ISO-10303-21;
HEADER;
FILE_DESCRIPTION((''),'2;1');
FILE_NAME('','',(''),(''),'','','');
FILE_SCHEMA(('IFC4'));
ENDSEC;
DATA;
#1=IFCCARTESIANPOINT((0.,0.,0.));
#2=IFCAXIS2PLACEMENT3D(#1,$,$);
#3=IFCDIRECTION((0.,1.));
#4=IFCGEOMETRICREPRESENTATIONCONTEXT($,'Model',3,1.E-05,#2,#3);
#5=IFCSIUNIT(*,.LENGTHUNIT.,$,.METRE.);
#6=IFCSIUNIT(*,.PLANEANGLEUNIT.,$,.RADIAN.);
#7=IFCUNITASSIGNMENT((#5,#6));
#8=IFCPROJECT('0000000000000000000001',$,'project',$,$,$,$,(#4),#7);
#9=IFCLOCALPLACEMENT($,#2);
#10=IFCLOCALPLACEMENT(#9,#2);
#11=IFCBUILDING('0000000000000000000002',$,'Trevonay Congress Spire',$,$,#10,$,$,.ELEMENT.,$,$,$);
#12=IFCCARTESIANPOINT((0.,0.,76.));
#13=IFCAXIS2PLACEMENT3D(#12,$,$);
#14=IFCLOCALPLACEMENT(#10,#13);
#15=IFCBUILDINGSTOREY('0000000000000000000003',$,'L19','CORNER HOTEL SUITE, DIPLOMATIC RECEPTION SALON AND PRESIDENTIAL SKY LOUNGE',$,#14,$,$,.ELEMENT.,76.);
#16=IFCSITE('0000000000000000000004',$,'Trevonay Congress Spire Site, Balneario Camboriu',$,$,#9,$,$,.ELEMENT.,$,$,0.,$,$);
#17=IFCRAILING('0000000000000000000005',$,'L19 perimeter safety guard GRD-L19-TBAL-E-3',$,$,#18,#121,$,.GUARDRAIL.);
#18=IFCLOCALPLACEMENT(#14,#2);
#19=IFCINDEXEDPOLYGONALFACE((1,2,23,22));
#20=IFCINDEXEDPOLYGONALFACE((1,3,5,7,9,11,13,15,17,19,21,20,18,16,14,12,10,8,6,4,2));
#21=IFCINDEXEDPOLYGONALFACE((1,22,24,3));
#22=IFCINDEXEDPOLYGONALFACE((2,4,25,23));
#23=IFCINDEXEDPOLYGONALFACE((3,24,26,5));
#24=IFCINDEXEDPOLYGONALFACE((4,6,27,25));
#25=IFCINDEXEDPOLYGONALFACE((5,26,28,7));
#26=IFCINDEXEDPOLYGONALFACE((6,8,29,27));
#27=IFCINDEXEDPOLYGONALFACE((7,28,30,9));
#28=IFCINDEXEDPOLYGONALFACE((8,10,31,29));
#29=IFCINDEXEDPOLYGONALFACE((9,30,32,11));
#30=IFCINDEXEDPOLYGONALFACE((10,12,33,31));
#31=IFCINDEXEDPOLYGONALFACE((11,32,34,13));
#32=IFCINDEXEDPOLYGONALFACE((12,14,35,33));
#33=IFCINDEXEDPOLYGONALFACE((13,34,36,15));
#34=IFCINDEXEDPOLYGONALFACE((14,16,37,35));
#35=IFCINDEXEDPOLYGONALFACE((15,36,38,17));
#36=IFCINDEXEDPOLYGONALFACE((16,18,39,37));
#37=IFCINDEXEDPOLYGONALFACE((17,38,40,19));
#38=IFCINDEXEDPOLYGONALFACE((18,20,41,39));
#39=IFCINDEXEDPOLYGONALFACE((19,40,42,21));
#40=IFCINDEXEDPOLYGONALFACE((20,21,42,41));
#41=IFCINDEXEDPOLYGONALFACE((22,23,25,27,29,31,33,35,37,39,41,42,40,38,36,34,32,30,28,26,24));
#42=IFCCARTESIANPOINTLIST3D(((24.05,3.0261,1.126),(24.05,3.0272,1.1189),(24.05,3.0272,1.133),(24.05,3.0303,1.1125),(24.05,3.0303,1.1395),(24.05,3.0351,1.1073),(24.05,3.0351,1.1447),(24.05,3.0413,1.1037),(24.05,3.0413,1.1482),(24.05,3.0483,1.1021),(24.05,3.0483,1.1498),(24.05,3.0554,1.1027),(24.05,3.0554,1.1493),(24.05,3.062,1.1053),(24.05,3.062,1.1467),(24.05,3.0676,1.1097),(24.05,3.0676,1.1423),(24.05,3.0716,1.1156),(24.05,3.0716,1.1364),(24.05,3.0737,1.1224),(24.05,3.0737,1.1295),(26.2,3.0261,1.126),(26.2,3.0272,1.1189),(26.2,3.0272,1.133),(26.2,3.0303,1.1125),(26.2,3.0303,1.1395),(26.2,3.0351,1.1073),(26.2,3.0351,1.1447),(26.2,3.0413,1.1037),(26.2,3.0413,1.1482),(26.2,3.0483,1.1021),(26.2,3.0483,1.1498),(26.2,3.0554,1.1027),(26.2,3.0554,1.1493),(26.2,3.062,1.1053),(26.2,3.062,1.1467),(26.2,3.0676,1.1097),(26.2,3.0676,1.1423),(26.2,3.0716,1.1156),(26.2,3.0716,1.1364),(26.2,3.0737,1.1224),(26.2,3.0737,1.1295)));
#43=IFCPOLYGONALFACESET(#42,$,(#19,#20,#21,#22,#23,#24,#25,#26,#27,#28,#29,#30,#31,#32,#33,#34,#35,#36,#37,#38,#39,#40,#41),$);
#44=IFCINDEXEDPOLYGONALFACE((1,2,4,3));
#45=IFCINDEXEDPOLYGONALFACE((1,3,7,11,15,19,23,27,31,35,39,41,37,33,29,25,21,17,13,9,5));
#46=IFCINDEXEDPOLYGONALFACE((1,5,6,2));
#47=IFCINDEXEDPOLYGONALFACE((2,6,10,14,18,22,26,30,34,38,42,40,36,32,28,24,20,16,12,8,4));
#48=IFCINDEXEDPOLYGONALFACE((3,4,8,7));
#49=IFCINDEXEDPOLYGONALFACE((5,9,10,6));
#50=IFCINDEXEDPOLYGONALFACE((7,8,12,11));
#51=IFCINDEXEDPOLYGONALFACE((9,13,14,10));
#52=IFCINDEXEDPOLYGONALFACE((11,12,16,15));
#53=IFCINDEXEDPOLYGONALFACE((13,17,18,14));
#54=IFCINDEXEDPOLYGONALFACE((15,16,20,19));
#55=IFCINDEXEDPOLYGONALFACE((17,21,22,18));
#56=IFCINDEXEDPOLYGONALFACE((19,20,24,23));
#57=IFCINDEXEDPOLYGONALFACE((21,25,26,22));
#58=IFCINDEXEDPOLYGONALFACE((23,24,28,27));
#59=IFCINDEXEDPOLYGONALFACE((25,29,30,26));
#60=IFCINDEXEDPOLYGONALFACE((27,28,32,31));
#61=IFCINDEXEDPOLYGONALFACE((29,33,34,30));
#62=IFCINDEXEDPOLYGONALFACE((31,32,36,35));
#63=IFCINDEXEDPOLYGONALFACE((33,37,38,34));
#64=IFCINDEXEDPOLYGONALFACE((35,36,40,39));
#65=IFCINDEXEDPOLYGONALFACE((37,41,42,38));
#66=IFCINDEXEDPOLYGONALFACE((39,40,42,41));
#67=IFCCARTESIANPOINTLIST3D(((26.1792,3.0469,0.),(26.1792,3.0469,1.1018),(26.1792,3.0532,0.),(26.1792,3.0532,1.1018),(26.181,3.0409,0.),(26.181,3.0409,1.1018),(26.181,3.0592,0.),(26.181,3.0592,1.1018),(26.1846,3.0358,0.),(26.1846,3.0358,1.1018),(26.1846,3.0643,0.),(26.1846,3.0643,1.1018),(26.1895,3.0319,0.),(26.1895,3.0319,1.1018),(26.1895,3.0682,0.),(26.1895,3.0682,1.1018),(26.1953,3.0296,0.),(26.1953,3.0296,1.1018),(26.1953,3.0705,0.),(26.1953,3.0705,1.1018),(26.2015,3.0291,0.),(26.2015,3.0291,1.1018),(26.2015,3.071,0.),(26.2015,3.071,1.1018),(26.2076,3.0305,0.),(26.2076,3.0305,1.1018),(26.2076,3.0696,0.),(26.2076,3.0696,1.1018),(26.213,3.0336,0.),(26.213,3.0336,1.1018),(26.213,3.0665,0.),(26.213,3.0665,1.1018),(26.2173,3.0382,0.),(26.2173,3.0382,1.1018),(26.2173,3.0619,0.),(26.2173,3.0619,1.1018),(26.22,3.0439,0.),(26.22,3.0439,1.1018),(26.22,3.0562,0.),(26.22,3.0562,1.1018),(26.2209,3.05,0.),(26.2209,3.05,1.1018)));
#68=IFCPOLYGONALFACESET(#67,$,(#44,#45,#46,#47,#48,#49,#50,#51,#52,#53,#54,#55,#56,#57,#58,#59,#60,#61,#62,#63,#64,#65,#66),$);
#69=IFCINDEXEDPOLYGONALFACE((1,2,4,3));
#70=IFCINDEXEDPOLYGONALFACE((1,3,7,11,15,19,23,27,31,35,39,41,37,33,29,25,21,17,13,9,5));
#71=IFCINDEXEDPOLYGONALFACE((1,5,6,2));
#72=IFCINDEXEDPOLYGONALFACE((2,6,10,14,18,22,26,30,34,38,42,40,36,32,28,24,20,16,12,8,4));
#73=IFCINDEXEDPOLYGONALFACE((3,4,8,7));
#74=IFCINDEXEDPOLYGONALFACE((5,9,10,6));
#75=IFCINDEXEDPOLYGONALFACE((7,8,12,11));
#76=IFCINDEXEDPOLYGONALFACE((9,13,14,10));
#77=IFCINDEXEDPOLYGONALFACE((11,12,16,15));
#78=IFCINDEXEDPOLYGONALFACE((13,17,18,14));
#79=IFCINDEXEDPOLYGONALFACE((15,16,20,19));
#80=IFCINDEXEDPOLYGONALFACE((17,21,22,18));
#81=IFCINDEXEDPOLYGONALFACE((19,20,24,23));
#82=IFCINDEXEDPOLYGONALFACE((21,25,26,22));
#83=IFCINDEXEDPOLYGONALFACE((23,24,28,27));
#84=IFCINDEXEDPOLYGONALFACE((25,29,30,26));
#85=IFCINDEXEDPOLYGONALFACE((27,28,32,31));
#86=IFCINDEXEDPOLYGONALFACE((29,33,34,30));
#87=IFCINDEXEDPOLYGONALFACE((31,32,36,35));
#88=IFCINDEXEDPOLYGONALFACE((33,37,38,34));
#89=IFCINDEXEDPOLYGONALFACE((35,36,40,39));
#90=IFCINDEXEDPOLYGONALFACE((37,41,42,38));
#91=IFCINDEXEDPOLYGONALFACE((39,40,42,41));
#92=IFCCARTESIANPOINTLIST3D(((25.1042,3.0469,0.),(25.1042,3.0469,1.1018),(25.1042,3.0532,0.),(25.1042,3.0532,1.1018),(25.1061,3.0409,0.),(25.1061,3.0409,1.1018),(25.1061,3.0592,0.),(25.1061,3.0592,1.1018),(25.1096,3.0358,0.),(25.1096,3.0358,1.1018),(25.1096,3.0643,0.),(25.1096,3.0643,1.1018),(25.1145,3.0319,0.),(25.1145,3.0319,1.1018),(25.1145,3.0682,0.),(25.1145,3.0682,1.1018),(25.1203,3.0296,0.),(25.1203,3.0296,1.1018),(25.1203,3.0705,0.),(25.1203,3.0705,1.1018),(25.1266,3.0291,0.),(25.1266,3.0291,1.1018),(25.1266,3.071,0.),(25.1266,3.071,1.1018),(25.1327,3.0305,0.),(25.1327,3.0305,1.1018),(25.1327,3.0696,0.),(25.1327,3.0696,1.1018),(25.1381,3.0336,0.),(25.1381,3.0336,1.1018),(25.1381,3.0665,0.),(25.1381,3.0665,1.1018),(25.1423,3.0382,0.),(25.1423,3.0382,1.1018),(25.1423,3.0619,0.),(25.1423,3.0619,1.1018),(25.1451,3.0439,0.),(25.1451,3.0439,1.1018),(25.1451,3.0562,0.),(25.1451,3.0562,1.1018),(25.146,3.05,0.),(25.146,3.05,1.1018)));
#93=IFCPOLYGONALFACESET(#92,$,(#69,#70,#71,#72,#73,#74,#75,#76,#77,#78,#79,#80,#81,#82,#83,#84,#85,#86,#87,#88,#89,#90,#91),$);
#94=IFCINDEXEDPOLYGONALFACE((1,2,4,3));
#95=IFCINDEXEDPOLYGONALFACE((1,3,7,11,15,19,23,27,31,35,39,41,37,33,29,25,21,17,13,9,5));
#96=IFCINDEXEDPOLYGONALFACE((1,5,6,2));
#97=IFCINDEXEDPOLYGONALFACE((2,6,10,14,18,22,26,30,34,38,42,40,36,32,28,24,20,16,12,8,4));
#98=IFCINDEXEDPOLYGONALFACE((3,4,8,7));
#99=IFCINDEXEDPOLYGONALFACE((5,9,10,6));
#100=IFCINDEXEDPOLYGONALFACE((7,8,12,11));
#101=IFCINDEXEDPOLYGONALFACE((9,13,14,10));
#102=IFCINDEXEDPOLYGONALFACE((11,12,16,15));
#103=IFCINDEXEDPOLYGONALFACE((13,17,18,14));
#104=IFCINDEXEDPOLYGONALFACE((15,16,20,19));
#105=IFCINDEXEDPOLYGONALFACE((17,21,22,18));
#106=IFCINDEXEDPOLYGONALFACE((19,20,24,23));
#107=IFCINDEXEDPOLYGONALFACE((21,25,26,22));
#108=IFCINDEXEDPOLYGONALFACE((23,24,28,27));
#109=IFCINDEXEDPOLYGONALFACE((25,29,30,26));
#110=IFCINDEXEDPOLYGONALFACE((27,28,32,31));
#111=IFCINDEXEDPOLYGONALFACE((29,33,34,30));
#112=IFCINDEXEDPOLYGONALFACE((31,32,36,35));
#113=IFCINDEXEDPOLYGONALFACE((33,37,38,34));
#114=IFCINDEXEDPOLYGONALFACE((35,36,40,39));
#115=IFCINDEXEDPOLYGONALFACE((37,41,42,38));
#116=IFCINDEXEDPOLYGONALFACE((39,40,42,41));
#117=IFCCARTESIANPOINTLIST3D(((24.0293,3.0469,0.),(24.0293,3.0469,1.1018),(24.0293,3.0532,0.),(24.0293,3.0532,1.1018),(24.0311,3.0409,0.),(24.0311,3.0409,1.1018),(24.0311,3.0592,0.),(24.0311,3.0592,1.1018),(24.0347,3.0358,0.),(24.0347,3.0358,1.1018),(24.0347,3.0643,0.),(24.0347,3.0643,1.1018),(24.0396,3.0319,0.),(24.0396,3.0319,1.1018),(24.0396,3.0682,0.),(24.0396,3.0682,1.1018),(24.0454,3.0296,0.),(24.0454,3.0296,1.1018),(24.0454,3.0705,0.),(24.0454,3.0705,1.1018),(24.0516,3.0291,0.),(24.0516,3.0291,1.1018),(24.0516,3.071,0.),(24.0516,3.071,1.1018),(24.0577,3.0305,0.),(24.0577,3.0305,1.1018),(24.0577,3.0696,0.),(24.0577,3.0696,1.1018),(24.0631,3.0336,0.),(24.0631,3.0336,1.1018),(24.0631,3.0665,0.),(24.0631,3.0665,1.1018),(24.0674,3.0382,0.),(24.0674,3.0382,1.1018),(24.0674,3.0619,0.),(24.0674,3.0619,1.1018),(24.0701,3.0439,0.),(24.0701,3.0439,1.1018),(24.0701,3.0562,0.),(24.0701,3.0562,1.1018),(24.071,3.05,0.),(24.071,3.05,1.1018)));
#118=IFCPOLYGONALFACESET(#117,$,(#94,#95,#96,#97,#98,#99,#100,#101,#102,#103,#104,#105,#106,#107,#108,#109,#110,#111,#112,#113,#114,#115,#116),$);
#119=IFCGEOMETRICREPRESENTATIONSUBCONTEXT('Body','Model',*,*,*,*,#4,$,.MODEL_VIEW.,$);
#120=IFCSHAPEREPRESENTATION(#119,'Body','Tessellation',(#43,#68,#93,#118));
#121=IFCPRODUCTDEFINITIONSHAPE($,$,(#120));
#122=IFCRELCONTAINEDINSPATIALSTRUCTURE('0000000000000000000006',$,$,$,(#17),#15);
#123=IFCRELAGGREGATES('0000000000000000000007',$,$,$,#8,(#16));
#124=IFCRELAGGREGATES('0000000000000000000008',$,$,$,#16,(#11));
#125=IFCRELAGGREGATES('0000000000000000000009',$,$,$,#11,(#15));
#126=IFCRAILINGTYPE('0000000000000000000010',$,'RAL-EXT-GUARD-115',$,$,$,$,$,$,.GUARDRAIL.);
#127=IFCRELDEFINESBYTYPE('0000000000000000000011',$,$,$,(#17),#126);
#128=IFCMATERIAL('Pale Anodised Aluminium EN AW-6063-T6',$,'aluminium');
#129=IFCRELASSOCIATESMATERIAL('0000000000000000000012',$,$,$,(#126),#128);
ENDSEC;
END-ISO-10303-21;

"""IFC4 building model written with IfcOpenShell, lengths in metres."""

from ifc_helpers import new_model, si_unit, direction, frame, origin, origin_2d, place, context, subcontext, project, spatial, circle, extrude, material, type_object, element, save


model = new_model("IFC4")

# Units and contexts
model_context = context("Model", 3, precision=1e-05, world=origin(), true_north=direction((0.0, 1.0)))
body_context = subcontext(model_context, "Body", "Model", "MODEL_VIEW")
ifc_project = project(units=[si_unit("LENGTHUNIT", "METRE"), si_unit("PLANEANGLEUNIT", "RADIAN")], contexts=[model_context])

# Site, building, storey
site_placement = place(None, origin())
site = spatial("IfcSite", under=ifc_project, at=site_placement, Name="Trevonay Congress Spire Site, Balneario Camboriu", CompositionType="ELEMENT", RefElevation=0.0)
building_placement = place(site_placement, origin())
building = spatial("IfcBuilding", under=site, at=building_placement, Name="Trevonay Congress Spire", CompositionType="ELEMENT")
storey_placement = place(building_placement, frame((0.0, 0.0, 76.0)))
storey = spatial("IfcBuildingStorey", under=building, at=storey_placement, Name="L19", Description="CORNER HOTEL SUITE, DIPLOMATIC RECEPTION SALON AND PRESIDENTIAL SKY LOUNGE", CompositionType="ELEMENT", Elevation=76.0)

# Shared definitions
ifc_material_1 = material(Name="Pale Anodised Aluminium EN AW-6063-T6", Category="aluminium")

# Railing
railing_type = type_object("IfcRailingType", Name="RAL-EXT-GUARD-115", PredefinedType="GUARDRAIL", material=ifc_material_1)
railing_placement = place(storey_placement, frame((26.2, 3.05, 0.0)))
element("IfcRailing", 1, at=railing_placement, inside=storey, type_object=railing_type, Name="L19 perimeter safety guard GRD-L19-TBAL-E-3", PredefinedType="GUARDRAIL", context=body_context, shape_type="SweptSolid", body=[
    extrude(circle(Radius=0.0239, at=origin_2d()), frame((0.0, 0.0, 1.126), z_axis=(-1.0, 0.0, 0.0), x_axis=(0.0, -1.0, 0.0)), (0.0, 0.0, 1.0), 2.1499),
    extrude(circle(Radius=0.021, at=origin_2d()), origin(), (0.0, 0.0, 1.0), 1.1018),
    extrude(circle(Radius=0.021, at=origin_2d()), frame((-1.075, 0.0, 0.0)), (0.0, 0.0, 1.0), 1.1018),
    extrude(circle(Radius=0.021, at=origin_2d()), frame((-2.1499, 0.0, 0.0)), (0.0, 0.0, 1.0), 1.1018),
])

save(model, "model.ifc")
